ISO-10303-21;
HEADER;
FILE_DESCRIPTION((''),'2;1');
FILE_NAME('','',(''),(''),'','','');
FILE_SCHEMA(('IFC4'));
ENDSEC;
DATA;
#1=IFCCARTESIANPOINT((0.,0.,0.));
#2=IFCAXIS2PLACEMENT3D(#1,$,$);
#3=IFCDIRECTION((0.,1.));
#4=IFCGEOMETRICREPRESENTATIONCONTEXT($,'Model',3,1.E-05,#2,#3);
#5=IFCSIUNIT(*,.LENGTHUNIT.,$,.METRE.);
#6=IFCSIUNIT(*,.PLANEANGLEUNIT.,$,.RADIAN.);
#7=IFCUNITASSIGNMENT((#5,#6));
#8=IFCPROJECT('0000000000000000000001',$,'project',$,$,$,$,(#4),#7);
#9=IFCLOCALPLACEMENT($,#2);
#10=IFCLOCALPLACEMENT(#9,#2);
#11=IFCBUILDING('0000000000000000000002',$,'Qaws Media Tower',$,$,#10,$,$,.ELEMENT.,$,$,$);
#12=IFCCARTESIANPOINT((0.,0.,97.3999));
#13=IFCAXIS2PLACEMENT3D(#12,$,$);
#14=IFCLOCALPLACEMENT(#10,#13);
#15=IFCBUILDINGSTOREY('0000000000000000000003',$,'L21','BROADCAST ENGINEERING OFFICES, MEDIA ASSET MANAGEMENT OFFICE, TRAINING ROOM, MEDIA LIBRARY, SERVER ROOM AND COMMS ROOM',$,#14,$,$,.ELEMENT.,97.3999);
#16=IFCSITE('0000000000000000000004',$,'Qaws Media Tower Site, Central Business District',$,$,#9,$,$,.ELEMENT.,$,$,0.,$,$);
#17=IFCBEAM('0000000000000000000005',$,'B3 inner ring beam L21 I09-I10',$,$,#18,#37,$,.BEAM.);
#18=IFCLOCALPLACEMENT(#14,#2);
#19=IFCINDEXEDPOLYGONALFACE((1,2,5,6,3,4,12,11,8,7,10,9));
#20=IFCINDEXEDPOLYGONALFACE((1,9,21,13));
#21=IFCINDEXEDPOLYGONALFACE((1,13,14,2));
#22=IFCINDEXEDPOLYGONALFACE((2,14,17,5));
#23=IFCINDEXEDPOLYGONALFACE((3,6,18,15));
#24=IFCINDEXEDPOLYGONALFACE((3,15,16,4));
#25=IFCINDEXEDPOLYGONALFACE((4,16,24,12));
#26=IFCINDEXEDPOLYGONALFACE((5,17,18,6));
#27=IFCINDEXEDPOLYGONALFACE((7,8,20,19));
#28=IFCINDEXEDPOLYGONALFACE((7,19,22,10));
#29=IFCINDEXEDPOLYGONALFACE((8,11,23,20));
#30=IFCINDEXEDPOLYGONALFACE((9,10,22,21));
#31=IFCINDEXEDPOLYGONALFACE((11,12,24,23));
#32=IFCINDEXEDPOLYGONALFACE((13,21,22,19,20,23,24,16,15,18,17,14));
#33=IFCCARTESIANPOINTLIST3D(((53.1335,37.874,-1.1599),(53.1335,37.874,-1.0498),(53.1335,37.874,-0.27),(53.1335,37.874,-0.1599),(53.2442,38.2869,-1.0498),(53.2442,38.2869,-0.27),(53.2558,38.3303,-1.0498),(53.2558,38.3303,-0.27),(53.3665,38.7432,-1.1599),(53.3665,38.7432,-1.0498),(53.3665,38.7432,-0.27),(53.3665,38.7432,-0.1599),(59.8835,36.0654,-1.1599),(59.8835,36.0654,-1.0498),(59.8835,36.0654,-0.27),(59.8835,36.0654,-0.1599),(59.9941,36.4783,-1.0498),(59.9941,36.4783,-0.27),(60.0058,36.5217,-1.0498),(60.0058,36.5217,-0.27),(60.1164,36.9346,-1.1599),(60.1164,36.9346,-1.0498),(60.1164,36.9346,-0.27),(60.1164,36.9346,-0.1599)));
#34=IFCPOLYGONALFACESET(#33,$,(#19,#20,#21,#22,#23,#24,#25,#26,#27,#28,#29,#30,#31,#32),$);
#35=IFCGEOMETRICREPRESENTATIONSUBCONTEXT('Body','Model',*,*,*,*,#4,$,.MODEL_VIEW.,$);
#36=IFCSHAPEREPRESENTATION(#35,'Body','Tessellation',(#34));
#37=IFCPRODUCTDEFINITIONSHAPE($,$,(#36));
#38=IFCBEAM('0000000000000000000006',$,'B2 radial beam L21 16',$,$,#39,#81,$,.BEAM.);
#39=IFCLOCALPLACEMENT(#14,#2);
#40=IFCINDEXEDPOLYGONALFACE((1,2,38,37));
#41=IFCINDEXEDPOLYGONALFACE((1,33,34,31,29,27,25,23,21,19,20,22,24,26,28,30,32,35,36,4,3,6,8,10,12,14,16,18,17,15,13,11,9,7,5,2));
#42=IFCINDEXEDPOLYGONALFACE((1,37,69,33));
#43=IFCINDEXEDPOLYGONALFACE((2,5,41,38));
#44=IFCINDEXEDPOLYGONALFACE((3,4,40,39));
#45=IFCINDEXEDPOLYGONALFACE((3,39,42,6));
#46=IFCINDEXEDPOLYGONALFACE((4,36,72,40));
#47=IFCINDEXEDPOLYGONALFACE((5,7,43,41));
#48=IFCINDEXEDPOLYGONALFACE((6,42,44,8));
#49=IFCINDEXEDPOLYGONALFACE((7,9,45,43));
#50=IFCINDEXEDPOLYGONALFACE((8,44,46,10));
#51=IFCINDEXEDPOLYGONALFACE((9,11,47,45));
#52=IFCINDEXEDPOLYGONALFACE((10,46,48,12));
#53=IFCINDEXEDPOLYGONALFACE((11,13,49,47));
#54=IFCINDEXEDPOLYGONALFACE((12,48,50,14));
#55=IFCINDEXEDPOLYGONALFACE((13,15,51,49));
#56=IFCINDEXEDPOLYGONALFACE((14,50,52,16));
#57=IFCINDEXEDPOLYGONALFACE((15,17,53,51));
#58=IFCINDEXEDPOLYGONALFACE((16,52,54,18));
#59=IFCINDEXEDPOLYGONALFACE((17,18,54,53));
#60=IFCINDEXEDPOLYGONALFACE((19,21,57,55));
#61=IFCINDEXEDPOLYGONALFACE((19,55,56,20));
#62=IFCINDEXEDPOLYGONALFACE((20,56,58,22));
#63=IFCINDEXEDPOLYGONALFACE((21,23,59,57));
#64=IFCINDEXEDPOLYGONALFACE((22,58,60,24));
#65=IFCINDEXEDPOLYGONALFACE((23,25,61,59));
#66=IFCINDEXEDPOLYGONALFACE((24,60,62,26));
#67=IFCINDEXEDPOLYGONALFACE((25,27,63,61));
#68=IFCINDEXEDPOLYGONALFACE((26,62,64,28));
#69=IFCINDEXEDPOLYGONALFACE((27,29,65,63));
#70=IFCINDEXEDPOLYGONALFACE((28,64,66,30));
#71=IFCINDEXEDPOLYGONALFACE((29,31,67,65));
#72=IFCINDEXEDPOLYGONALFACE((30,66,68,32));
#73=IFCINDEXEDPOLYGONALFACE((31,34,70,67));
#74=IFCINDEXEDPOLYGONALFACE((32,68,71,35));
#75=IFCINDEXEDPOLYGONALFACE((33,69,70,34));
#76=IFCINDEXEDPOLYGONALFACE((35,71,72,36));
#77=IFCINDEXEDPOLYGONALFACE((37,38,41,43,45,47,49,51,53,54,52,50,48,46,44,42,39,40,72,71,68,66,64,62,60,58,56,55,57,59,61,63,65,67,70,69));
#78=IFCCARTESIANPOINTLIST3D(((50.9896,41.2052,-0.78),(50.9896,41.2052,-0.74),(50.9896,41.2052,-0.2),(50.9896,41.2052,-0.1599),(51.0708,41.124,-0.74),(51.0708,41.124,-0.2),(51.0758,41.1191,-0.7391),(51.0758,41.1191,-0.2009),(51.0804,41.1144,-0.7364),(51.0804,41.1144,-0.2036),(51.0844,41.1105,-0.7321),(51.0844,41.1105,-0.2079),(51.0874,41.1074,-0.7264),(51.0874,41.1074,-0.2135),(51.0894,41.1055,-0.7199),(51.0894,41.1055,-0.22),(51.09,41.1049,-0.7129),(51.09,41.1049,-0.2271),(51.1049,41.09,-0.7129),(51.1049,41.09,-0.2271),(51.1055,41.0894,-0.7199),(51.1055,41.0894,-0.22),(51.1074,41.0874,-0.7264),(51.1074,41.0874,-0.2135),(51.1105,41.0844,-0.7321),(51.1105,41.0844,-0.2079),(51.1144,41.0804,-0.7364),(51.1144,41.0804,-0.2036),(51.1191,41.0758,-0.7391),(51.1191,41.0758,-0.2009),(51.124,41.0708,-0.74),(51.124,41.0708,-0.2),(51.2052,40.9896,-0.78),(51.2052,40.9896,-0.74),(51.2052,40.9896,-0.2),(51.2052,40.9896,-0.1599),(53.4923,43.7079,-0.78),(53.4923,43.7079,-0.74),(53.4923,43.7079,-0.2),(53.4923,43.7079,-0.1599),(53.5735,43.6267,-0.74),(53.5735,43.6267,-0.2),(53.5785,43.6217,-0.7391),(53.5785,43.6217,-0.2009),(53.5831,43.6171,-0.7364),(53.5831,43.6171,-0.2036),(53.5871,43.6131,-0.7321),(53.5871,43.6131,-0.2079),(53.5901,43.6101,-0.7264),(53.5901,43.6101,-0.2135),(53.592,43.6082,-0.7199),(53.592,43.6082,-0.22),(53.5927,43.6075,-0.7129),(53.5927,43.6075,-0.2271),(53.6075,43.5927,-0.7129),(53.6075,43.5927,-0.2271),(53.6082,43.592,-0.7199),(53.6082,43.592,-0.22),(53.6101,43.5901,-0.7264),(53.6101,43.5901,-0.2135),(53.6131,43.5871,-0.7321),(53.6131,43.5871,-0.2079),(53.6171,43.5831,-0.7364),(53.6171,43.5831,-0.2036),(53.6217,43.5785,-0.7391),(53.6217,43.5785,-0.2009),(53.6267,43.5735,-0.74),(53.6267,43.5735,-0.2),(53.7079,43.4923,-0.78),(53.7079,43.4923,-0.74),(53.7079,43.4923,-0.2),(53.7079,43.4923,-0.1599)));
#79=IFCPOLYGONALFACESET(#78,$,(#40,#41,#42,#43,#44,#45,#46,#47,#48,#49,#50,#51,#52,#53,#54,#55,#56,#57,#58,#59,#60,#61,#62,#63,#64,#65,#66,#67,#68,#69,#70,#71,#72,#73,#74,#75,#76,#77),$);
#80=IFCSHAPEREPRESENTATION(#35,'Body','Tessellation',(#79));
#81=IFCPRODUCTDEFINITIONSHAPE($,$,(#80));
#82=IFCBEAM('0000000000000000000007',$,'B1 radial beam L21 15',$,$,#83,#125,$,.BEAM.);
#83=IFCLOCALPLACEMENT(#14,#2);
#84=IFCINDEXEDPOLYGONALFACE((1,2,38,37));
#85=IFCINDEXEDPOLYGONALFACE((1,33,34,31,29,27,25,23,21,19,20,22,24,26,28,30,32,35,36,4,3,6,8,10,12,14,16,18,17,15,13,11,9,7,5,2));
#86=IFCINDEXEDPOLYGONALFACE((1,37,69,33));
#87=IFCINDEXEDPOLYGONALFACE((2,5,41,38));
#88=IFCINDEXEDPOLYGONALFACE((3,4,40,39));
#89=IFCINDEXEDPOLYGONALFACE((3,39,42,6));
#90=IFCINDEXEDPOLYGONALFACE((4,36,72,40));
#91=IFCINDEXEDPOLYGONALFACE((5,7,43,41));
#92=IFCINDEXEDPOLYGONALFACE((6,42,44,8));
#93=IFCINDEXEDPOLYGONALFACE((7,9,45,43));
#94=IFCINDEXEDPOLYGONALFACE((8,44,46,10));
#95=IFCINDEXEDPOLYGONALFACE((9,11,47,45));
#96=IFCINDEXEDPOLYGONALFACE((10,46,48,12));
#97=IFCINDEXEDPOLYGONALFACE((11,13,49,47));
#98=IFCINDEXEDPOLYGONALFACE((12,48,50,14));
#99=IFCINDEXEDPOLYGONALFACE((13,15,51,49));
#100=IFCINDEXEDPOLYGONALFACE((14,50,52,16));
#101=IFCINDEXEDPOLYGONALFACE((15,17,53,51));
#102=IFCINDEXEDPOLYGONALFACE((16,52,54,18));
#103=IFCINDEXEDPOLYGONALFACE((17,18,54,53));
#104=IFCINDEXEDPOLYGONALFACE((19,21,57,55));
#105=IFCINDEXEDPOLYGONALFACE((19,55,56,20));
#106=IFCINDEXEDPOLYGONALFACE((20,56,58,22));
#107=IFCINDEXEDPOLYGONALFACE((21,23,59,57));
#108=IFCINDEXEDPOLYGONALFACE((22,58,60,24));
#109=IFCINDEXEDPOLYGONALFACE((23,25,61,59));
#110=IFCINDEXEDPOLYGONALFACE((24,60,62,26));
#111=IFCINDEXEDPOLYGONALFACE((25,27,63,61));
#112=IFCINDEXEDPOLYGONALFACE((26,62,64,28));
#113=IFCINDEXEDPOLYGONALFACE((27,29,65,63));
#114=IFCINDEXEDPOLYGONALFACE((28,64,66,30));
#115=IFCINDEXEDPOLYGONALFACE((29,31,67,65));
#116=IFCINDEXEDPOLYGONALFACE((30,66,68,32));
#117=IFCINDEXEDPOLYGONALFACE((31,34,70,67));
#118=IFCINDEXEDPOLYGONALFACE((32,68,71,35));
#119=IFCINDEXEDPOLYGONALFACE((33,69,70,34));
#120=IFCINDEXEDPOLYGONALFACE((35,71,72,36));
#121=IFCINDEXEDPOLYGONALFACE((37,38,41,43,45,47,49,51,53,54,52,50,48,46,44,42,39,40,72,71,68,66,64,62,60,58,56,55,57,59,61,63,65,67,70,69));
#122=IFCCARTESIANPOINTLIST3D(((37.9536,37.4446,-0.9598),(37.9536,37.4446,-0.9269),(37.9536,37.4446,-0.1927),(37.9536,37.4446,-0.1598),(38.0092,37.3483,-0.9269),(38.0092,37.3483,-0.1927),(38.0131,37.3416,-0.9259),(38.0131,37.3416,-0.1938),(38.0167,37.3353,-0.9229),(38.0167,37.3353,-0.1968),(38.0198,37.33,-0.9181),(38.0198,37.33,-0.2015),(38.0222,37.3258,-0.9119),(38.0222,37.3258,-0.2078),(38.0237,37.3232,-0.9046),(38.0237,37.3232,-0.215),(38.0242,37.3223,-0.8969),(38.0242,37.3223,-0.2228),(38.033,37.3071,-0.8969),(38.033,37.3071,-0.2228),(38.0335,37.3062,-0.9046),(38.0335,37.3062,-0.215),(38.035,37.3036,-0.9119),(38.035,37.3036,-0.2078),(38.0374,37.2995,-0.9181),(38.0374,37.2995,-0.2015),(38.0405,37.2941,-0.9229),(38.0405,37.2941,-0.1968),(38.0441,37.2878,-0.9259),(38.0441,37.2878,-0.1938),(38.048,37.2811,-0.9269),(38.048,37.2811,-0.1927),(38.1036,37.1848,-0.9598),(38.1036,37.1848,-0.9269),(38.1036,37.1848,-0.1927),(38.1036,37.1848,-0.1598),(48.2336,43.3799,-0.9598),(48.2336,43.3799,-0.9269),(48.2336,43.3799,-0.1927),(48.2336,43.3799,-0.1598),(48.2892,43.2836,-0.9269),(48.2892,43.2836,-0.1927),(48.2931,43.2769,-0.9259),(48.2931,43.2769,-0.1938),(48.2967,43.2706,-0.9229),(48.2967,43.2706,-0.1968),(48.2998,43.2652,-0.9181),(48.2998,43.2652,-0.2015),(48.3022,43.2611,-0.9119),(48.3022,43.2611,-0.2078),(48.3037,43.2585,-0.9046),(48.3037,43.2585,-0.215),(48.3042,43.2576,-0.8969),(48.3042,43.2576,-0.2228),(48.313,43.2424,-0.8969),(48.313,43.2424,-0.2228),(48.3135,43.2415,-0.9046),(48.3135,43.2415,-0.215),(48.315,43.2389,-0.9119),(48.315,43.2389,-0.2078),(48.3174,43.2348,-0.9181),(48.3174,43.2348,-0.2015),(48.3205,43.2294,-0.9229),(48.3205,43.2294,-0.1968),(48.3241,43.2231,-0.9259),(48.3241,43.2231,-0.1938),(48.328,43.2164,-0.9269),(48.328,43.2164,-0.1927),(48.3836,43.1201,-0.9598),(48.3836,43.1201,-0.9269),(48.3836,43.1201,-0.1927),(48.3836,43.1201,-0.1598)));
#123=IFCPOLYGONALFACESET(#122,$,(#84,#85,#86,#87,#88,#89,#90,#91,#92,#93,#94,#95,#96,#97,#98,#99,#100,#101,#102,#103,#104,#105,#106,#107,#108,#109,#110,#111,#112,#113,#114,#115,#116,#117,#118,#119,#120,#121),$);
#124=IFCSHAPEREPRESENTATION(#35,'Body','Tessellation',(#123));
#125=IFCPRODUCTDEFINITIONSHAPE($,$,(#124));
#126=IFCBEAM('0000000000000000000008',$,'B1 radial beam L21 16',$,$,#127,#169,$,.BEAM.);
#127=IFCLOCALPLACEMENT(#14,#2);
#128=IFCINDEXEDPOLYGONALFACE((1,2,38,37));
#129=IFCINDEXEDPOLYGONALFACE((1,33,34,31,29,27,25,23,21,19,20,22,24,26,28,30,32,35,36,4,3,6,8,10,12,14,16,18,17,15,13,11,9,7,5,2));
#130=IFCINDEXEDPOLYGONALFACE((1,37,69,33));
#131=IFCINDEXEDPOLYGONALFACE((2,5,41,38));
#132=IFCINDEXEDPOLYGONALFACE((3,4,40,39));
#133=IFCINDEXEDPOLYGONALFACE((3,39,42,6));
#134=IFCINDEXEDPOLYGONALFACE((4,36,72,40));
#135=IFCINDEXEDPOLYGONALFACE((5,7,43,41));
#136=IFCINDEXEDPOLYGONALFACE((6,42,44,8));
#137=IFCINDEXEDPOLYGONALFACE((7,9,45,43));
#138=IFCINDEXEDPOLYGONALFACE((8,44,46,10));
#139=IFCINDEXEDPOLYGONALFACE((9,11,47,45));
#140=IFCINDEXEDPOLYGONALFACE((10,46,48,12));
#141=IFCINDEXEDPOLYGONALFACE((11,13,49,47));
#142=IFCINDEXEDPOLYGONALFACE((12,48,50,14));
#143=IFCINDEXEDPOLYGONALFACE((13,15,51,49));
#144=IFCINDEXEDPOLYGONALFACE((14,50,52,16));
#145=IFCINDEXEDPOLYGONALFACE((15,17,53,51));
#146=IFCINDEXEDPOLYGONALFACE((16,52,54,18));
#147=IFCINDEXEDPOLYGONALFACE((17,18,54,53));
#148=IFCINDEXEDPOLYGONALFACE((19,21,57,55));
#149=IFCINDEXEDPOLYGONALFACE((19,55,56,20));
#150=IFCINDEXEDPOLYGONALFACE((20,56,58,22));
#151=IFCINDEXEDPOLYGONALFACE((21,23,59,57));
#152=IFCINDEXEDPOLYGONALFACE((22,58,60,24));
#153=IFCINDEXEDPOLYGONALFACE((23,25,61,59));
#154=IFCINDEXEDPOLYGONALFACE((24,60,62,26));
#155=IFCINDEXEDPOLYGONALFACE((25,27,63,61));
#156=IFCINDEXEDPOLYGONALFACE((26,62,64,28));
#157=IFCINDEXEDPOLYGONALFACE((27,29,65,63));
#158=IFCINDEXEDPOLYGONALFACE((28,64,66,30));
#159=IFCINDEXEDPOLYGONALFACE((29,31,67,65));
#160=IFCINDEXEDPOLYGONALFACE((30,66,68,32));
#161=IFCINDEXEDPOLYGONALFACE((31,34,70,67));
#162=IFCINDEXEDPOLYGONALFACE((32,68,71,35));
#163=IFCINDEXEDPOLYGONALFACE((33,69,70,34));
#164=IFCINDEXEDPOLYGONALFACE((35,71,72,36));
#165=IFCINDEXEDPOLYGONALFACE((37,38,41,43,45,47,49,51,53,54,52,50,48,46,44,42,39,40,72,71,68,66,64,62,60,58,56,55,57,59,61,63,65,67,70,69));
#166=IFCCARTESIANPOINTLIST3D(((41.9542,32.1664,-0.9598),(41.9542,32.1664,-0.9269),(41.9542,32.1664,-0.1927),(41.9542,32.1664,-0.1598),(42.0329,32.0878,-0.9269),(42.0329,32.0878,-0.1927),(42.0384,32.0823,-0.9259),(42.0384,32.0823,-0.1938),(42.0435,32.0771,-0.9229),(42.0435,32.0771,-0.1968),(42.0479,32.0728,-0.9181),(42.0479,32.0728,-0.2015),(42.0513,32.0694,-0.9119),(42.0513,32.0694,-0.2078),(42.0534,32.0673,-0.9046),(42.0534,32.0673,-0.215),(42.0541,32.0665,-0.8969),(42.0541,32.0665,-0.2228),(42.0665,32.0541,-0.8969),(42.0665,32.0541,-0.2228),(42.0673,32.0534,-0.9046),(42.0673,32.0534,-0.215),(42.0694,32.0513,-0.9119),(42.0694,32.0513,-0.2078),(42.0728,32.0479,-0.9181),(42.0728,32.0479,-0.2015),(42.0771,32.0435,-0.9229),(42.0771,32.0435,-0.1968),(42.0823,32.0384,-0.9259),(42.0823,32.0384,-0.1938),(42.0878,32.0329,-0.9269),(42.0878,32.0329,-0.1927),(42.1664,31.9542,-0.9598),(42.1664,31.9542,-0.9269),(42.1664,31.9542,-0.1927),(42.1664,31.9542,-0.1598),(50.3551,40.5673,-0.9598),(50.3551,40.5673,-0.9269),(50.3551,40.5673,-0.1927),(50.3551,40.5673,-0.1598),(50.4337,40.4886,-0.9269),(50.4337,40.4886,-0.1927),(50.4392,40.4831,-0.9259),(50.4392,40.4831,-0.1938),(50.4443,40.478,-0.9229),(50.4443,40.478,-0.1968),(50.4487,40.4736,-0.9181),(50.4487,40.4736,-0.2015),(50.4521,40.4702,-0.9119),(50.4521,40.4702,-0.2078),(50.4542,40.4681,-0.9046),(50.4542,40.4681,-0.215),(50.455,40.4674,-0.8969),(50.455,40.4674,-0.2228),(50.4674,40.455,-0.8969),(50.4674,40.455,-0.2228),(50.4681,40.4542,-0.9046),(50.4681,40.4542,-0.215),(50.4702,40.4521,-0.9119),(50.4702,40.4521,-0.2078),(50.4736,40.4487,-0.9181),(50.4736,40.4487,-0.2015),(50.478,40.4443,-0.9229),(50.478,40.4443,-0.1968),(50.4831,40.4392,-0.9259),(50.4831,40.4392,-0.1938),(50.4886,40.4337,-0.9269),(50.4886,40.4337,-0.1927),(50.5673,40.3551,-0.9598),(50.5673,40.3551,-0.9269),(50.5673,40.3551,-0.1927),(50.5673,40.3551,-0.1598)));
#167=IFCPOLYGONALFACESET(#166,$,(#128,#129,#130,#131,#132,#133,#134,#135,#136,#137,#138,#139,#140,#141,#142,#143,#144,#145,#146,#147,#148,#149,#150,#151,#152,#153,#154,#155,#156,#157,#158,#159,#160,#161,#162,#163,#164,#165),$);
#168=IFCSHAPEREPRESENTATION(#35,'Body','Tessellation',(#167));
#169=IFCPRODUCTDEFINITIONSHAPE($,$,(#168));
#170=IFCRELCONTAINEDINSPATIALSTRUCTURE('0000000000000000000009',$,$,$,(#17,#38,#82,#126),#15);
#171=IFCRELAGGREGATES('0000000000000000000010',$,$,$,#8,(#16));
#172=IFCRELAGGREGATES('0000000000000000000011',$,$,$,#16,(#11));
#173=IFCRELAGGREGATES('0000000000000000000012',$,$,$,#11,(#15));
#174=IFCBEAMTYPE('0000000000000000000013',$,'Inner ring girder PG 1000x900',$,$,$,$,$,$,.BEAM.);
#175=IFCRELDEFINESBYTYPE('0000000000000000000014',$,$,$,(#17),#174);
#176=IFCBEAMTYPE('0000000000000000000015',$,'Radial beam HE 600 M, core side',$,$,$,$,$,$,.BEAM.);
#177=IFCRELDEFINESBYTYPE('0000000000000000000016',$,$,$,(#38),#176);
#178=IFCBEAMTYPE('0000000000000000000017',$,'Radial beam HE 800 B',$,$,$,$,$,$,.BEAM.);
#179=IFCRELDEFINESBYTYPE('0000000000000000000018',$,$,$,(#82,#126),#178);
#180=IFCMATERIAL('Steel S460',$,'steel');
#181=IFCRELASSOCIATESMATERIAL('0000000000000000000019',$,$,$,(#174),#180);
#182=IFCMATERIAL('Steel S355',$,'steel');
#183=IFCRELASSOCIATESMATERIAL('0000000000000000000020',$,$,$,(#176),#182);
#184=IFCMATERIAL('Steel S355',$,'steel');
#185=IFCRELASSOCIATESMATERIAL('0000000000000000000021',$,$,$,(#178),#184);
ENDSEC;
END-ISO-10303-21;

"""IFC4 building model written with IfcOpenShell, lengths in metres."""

from ifc_helpers import new_model, si_unit, direction, frame, origin, origin_2d, place, context, subcontext, project, spatial, i_section, extrude, material, material_profile, profile_set, type_object, element, save


model = new_model("IFC4")

# Units and contexts
model_context = context("Model", 3, precision=1e-05, world=origin(), true_north=direction((0.0, 1.0)))
body_context = subcontext(model_context, "Body", "Model", "MODEL_VIEW")
ifc_project = project(units=[si_unit("LENGTHUNIT", "METRE"), si_unit("PLANEANGLEUNIT", "RADIAN")], contexts=[model_context])

# Site, building, storey
site_placement = place(None, origin())
site = spatial("IfcSite", under=ifc_project, at=site_placement, Name="Qaws Media Tower Site, Central Business District", CompositionType="ELEMENT", RefElevation=0.0)
building_placement = place(site_placement, origin())
building = spatial("IfcBuilding", under=site, at=building_placement, Name="Qaws Media Tower", CompositionType="ELEMENT")
storey_placement = place(building_placement, frame((0.0, 0.0, 97.3999)))
storey = spatial("IfcBuildingStorey", under=building, at=storey_placement, Name="L21", Description="BROADCAST ENGINEERING OFFICES, MEDIA ASSET MANAGEMENT OFFICE, TRAINING ROOM, MEDIA LIBRARY, SERVER ROOM AND COMMS ROOM", CompositionType="ELEMENT", Elevation=97.3999)

# Beams
ifc_material_1 = material(Name="Steel S460", Category="steel")
ifc_material_profile_1 = material_profile(ifc_material_1, i_section(OverallWidth=0.8999, OverallDepth=1.0, WebThickness=0.0449, FlangeThickness=0.1101, at=origin_2d()), Name="PG 1000x900")
ifc_profile_set_1 = profile_set([ifc_material_profile_1], Name="Steel S460")
beam_type_1 = type_object("IfcBeamType", Name="Inner ring girder PG 1000x900", PredefinedType="BEAM", material=ifc_profile_set_1)
beam_1_placement = place(storey_placement, frame((53.25, 38.3086, -0.6599), z_axis=(0.965928, -0.258811, 0.0), x_axis=(0.258811, 0.965928, 0.0)))
element("IfcBeam", 1, at=beam_1_placement, inside=storey, type_object=beam_type_1, Name="B3 inner ring beam L21 I09-I10", PredefinedType="BEAM", context=body_context, shape_type="SweptSolid", body=[
    extrude(i_section(OverallWidth=0.8999, OverallDepth=1.0, WebThickness=0.0449, FlangeThickness=0.1101, at=origin_2d()), origin(), (0.0, 0.0, 1.0), 6.988),
])
ifc_material_2 = material(Name="Steel S355", Category="steel")
ifc_material_profile_2 = material_profile(ifc_material_2, i_section(OverallWidth=0.3049, OverallDepth=0.6201, WebThickness=0.021, FlangeThickness=0.04, FilletRadius=0.0271, at=origin_2d()), Name="HE 600 M")
ifc_profile_set_2 = profile_set([ifc_material_profile_2], Name="Steel S355")
beam_type_2 = type_object("IfcBeamType", Name="Radial beam HE 600 M, core side", PredefinedType="BEAM", material=ifc_profile_set_2)
beam_2_placement = place(storey_placement, frame((53.6001, 43.6001, -0.47), z_axis=(-0.707107, -0.707107, 0.0), x_axis=(0.707107, -0.707107, 0.0)))
element("IfcBeam", 2, at=beam_2_placement, inside=storey, type_object=beam_type_2, Name="B2 radial beam L21 16", PredefinedType="BEAM", context=body_context, shape_type="SweptSolid", body=[
    extrude(i_section(OverallWidth=0.3049, OverallDepth=0.6201, WebThickness=0.021, FlangeThickness=0.04, FilletRadius=0.0271, at=origin_2d()), origin(), (0.0, 0.0, 1.0), 3.5393),
])
ifc_material_3 = material(Name="Steel S355", Category="steel")
ifc_material_profile_3 = material_profile(ifc_material_3, i_section(OverallWidth=0.3, OverallDepth=0.8, WebThickness=0.0176, FlangeThickness=0.033, FilletRadius=0.03, at=origin_2d()), Name="HE 800 B")
ifc_profile_set_3 = profile_set([ifc_material_profile_3], Name="Steel S355")
beam_type_3 = type_object("IfcBeamType", Name="Radial beam HE 800 B", PredefinedType="BEAM", material=ifc_profile_set_3)
beam_3_placement = place(storey_placement, frame((48.3086, 43.25, -0.5598), z_axis=(-0.866021, -0.500008, 0.0), x_axis=(0.500008, -0.866021, 0.0)))
element("IfcBeam", 3, at=beam_3_placement, inside=storey, type_object=beam_type_3, Name="B1 radial beam L21 15", PredefinedType="BEAM", context=body_context, shape_type="SweptSolid", body=[
    extrude(i_section(OverallWidth=0.3, OverallDepth=0.8, WebThickness=0.0176, FlangeThickness=0.033, FilletRadius=0.03, at=origin_2d()), origin(), (0.0, 0.0, 1.0), 11.8704),
])
beam_4_placement = place(storey_placement, frame((50.4612, 40.4612, -0.5598), z_axis=(-0.707107, -0.707107, 0.0), x_axis=(0.707107, -0.707107, 0.0)))
element("IfcBeam", 4, at=beam_4_placement, inside=storey, type_object=beam_type_3, Name="B1 radial beam L21 16", PredefinedType="BEAM", context=body_context, shape_type="SweptSolid", body=[
    extrude(i_section(OverallWidth=0.3, OverallDepth=0.8, WebThickness=0.0176, FlangeThickness=0.033, FilletRadius=0.03, at=origin_2d()), origin(), (0.0, 0.0, 1.0), 11.8806),
])

save(model, "model.ifc")
